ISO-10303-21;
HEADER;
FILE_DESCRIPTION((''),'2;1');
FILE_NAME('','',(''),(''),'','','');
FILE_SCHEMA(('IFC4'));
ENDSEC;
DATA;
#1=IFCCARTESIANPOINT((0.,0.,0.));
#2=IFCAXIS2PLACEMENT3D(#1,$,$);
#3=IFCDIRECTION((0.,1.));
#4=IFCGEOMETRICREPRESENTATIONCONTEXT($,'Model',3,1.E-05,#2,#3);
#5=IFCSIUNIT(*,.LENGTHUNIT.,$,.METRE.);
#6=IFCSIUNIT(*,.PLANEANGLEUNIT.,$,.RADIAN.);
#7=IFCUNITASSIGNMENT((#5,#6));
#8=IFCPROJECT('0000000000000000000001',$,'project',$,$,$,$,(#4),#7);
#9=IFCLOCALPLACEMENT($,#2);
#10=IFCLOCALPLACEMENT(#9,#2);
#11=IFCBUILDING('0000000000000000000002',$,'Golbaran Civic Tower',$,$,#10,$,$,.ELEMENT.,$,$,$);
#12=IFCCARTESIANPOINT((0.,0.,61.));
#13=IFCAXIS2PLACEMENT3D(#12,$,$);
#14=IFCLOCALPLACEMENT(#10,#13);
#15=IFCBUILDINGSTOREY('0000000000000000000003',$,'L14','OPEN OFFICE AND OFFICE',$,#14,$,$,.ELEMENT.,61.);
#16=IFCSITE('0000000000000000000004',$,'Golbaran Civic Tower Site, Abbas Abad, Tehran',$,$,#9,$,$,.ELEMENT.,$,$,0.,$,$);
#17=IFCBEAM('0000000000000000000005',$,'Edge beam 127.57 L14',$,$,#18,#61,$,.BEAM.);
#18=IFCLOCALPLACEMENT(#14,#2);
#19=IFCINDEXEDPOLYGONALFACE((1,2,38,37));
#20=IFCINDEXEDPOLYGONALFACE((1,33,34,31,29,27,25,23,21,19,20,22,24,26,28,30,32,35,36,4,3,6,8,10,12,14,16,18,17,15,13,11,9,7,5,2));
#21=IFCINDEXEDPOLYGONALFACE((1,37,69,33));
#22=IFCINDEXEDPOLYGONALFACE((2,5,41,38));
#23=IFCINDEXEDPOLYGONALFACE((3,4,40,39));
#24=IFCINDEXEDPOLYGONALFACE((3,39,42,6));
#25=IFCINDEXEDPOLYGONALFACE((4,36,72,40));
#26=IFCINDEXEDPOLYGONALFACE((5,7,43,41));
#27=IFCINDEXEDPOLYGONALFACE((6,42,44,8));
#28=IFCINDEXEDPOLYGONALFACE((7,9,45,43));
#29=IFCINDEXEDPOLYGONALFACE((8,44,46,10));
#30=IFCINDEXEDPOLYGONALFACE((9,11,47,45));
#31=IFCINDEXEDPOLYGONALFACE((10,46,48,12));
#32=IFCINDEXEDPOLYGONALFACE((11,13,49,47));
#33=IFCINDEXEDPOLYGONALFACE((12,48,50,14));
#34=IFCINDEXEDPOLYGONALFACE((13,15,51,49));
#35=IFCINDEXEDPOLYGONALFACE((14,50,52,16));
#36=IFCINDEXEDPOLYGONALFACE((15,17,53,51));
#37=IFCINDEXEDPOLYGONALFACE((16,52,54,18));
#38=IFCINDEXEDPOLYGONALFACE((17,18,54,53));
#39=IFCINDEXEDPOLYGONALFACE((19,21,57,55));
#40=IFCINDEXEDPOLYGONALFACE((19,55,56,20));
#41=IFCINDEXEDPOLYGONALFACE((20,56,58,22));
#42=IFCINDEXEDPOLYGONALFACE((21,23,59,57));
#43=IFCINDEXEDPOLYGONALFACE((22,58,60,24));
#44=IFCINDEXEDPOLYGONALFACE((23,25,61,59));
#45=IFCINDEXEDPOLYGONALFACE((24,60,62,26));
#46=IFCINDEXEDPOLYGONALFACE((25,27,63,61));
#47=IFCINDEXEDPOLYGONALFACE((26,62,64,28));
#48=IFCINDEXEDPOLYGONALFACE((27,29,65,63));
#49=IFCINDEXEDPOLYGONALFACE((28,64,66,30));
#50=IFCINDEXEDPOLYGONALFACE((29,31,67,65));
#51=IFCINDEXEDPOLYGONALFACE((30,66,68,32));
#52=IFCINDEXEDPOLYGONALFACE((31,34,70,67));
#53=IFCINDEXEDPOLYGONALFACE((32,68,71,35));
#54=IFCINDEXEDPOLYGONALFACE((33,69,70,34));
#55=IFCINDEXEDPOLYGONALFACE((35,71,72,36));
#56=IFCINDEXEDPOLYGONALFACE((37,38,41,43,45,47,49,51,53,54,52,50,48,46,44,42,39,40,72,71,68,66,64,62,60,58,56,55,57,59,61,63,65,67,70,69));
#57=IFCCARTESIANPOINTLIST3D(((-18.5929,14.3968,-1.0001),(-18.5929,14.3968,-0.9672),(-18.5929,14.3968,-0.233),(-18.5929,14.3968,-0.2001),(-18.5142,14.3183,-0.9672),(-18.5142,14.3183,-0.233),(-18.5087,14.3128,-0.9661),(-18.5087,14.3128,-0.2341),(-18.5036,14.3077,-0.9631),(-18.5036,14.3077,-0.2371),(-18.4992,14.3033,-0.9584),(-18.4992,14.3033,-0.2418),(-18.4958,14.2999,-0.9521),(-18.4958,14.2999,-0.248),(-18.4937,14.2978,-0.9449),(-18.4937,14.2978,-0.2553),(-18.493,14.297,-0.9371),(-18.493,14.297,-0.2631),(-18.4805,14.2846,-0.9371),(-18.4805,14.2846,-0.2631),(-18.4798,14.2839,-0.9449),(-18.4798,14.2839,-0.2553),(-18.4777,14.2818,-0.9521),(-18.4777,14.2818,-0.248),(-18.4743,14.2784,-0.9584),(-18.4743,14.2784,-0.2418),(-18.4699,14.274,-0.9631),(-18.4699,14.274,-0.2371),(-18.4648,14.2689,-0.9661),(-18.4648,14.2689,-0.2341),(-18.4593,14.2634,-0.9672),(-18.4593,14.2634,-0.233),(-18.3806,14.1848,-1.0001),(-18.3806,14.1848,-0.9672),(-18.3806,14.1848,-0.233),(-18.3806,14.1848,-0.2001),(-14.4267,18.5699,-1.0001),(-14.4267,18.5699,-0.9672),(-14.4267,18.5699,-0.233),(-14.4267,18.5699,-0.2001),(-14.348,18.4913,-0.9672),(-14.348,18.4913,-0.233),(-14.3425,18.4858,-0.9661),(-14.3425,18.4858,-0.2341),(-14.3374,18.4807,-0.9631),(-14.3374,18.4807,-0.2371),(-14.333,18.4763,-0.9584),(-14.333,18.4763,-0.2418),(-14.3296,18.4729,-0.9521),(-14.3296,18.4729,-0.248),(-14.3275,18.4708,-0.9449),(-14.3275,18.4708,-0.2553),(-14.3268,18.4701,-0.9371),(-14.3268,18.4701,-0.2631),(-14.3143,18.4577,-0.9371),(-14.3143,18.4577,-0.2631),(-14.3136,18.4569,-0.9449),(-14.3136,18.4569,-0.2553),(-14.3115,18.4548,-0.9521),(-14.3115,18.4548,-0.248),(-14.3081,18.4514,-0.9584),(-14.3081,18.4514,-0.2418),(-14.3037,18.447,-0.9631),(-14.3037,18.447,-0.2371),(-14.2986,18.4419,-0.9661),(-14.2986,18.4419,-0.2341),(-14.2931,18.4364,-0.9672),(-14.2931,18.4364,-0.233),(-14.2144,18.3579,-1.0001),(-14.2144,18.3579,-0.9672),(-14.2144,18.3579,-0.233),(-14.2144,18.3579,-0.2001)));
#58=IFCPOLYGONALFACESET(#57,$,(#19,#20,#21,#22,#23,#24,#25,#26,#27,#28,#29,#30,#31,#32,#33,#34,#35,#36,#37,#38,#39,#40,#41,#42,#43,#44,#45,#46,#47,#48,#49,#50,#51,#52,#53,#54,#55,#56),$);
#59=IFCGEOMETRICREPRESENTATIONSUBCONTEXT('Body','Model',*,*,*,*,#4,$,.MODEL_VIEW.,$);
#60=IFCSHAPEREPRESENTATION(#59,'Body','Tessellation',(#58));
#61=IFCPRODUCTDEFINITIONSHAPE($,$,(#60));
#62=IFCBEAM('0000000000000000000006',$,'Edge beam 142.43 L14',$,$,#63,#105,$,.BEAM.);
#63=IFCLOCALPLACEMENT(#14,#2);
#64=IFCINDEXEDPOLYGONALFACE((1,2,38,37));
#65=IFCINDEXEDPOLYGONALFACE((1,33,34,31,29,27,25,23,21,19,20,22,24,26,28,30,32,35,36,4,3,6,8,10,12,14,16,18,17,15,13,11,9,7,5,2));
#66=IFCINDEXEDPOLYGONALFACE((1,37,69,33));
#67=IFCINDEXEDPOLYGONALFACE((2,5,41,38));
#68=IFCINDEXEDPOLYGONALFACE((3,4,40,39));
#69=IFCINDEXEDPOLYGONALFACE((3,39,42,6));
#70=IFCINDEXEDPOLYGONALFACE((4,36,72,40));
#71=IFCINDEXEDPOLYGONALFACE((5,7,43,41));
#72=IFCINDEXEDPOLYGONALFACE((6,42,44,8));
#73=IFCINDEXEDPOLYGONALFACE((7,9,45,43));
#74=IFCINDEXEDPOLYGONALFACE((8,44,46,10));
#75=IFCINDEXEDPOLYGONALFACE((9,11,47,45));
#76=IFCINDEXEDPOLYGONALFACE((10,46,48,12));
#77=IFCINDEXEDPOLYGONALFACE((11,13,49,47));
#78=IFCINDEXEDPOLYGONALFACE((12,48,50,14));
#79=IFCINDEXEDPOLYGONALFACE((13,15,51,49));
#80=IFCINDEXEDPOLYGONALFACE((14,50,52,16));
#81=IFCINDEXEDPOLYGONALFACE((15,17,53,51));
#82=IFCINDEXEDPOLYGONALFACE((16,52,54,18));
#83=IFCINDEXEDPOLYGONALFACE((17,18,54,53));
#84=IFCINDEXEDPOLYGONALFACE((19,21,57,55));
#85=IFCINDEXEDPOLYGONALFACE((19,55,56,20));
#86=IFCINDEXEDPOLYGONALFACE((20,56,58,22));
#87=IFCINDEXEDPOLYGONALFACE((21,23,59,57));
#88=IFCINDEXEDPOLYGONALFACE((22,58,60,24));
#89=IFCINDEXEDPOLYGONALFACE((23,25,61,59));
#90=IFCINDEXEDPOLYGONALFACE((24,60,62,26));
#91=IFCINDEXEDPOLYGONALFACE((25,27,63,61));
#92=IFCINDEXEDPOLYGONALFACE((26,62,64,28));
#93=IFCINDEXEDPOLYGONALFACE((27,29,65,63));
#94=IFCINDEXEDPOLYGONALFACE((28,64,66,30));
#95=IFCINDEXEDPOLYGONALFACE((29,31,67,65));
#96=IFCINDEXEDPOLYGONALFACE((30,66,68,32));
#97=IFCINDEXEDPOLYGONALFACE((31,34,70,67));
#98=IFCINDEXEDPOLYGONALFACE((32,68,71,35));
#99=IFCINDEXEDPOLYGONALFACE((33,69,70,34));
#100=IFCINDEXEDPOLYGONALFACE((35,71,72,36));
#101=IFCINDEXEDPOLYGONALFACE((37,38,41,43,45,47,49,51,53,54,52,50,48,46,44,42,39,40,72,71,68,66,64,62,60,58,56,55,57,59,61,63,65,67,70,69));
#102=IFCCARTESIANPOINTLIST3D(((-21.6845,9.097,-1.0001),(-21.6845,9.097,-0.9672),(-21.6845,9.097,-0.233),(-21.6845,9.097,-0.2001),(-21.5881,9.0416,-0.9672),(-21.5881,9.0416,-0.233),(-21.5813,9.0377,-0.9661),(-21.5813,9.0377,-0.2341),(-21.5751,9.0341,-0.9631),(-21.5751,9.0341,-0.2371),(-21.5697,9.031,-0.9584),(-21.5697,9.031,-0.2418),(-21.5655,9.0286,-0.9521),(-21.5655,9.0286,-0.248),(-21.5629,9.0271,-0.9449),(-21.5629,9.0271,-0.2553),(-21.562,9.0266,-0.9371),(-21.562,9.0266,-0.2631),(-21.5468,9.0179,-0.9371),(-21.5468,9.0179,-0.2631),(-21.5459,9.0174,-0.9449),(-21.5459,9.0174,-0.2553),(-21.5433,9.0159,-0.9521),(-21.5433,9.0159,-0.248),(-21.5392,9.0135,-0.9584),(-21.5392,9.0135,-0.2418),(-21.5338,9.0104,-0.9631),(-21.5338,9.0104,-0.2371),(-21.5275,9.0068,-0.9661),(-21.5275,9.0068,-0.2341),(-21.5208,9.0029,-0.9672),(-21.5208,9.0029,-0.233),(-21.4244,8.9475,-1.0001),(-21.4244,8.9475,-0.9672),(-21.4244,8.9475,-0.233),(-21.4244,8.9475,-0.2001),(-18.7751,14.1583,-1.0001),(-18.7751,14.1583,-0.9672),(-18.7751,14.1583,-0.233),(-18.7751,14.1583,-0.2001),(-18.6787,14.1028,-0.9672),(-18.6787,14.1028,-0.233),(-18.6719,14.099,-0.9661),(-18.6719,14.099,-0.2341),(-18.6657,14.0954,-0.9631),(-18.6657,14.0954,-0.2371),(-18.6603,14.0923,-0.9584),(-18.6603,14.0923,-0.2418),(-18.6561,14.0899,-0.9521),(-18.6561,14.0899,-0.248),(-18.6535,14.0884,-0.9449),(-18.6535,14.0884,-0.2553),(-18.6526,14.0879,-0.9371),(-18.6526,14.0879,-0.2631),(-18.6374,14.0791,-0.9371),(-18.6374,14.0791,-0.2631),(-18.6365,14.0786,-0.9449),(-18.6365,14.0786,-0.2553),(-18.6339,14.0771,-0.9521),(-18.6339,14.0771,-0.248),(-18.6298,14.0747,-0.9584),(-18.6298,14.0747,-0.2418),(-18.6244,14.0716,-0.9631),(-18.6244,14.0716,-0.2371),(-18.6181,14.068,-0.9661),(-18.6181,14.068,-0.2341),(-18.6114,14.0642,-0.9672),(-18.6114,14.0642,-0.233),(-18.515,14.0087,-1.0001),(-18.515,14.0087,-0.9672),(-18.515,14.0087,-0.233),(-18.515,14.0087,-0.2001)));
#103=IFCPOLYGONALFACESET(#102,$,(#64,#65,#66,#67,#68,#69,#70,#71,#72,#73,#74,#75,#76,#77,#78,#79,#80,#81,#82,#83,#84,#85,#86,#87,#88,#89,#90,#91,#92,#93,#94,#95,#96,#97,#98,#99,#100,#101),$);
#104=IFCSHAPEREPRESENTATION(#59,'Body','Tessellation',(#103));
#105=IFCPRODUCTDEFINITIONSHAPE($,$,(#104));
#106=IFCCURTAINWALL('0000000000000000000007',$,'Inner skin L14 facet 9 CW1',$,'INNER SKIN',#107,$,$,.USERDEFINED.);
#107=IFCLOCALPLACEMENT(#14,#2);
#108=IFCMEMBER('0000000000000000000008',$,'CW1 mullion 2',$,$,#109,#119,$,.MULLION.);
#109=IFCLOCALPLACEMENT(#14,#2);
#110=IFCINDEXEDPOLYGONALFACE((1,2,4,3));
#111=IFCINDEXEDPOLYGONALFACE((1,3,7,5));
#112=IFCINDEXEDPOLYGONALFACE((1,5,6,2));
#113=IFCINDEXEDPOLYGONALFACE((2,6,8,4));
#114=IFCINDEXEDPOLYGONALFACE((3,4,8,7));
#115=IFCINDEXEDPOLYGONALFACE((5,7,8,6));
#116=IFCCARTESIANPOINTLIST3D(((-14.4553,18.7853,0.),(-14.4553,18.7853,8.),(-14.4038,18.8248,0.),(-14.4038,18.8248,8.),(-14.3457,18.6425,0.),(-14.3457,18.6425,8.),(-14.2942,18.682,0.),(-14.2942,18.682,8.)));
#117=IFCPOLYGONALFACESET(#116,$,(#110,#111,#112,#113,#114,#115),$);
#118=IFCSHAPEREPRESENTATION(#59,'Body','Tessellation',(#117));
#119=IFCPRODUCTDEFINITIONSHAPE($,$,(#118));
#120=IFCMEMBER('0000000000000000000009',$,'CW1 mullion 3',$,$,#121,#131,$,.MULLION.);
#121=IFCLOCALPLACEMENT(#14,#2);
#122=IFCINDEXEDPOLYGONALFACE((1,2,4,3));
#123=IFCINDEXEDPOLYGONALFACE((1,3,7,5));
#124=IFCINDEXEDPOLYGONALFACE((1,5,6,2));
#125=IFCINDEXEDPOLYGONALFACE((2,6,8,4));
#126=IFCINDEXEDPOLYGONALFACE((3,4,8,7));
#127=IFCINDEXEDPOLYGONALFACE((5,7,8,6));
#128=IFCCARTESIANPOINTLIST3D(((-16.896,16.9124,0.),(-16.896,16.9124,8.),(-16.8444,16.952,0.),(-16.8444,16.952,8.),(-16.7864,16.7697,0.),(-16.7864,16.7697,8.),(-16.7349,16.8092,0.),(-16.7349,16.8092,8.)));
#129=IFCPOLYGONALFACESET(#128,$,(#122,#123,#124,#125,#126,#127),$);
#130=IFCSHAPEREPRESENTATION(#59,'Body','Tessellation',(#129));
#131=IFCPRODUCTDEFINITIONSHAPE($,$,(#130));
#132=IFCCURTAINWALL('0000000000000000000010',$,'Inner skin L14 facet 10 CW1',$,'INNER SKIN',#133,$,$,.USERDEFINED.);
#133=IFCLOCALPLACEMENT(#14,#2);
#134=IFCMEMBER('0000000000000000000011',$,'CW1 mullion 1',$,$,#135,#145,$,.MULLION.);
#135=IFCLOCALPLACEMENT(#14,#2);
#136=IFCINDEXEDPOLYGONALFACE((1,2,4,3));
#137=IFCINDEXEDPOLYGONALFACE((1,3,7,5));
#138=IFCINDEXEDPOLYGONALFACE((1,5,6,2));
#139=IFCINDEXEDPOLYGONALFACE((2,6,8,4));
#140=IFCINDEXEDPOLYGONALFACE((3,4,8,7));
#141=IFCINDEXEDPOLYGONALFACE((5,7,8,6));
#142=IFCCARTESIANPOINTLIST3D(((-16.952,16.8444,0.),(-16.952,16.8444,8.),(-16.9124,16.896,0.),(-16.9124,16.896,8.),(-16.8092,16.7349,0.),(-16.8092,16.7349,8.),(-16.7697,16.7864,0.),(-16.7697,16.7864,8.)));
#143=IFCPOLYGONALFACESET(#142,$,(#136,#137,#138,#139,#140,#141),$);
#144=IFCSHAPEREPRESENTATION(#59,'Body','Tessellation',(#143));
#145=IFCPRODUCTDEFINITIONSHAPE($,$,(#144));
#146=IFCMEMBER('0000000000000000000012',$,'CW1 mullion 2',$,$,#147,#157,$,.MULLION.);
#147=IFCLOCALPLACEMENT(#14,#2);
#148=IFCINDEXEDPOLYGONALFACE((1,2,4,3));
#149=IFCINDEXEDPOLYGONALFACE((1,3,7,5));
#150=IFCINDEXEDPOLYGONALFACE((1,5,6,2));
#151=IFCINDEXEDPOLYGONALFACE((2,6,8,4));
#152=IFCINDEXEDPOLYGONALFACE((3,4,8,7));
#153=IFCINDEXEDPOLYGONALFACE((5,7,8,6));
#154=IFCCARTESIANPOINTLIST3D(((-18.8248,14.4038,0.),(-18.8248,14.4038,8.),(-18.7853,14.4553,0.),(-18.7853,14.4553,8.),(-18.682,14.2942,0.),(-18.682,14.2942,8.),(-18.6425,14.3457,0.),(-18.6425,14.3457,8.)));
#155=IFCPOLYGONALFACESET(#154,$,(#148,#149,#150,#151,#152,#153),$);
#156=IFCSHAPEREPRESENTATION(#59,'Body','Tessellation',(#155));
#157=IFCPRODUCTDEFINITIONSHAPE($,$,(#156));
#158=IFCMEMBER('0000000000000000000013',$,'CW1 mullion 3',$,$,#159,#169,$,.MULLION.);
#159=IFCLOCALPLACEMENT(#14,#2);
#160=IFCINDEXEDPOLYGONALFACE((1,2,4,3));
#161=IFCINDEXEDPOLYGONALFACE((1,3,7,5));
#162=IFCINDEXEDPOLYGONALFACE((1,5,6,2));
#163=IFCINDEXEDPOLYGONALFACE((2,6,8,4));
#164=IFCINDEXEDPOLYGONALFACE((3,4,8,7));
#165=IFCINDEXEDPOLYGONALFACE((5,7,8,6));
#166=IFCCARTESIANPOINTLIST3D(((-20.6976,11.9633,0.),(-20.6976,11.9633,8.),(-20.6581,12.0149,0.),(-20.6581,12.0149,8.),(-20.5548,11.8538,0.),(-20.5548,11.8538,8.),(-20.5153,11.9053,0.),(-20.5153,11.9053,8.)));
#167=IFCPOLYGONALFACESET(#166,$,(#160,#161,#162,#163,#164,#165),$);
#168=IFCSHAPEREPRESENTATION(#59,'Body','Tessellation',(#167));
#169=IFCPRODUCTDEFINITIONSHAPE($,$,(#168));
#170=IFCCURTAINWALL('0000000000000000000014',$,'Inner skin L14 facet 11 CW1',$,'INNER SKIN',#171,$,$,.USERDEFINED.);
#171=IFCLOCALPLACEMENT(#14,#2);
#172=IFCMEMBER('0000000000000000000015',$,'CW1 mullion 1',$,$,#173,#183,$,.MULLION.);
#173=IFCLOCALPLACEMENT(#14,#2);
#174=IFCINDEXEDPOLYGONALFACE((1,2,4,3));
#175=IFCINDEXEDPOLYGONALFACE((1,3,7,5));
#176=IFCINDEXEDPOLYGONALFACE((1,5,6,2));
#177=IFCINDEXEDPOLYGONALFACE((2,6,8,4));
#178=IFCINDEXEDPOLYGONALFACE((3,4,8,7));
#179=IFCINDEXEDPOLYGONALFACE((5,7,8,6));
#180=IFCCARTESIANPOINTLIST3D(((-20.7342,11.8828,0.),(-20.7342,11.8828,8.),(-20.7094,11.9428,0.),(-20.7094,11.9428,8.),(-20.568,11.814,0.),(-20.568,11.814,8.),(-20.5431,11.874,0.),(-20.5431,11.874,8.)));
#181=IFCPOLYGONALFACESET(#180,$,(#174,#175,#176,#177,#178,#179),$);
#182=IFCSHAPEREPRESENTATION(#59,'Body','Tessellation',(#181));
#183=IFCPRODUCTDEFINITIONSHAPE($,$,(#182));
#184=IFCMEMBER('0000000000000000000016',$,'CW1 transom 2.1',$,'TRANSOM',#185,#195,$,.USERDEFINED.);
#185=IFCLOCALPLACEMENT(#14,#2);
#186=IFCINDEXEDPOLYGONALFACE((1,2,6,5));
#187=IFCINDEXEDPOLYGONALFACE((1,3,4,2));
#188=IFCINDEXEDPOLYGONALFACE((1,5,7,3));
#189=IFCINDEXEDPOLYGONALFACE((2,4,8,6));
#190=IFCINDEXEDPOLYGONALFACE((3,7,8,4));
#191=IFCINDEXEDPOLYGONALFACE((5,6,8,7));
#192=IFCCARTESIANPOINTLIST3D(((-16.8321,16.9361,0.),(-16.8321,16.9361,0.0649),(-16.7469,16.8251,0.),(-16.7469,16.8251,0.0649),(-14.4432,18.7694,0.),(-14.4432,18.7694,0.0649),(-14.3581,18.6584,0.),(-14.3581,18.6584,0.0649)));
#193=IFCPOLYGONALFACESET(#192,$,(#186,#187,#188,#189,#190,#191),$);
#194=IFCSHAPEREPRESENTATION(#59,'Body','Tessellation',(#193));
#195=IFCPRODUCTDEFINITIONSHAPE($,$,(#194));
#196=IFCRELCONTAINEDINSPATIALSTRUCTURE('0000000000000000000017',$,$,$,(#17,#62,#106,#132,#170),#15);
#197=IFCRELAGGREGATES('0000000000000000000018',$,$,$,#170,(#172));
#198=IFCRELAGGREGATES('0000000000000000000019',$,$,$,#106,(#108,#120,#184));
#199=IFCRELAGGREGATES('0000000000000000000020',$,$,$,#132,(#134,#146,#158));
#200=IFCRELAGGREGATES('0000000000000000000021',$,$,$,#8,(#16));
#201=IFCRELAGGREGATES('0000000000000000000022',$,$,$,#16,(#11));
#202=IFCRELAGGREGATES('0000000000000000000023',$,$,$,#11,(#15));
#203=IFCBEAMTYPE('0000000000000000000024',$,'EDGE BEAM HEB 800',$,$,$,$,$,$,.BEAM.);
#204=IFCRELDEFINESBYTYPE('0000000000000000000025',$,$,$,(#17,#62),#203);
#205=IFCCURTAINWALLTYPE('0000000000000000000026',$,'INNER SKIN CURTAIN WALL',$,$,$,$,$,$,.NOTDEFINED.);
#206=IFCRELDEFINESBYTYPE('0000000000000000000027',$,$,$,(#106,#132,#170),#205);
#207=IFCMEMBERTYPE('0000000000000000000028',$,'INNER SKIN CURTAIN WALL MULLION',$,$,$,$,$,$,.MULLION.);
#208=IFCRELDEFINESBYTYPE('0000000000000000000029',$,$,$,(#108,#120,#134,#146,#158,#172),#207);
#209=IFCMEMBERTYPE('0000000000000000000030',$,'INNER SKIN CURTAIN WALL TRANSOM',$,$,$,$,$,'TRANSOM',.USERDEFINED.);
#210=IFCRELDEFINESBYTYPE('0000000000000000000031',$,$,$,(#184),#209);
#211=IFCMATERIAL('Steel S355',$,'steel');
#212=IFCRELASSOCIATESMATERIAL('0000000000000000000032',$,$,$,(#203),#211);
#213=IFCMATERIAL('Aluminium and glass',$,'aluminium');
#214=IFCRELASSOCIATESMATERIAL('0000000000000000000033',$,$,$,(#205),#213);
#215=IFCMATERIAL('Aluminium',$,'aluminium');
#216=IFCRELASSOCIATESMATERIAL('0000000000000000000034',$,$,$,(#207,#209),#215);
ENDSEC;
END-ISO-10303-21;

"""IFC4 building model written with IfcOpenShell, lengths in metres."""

from ifc_helpers import new_model, si_unit, direction, frame, origin, origin_2d, place, context, subcontext, project, spatial, rectangle, i_section, extrude, material, material_profile, profile_set, type_object, element, aggregate, save


model = new_model("IFC4")

# Units and contexts
model_context = context("Model", 3, precision=1e-05, world=origin(), true_north=direction((0.0, 1.0)))
body_context = subcontext(model_context, "Body", "Model", "MODEL_VIEW")
ifc_project = project(units=[si_unit("LENGTHUNIT", "METRE"), si_unit("PLANEANGLEUNIT", "RADIAN")], contexts=[model_context])

# Site, building, storey
site_placement = place(None, origin())
site = spatial("IfcSite", under=ifc_project, at=site_placement, Name="Golbaran Civic Tower Site, Abbas Abad, Tehran", CompositionType="ELEMENT", RefElevation=0.0)
building_placement = place(site_placement, origin())
building = spatial("IfcBuilding", under=site, at=building_placement, Name="Golbaran Civic Tower", CompositionType="ELEMENT")
storey_placement = place(building_placement, frame((0.0, 0.0, 61.0)))
storey = spatial("IfcBuildingStorey", under=building, at=storey_placement, Name="L14", Description="OPEN OFFICE AND OFFICE", CompositionType="ELEMENT", Elevation=61.0)

# Beams
ifc_material_1 = material(Name="Steel S355", Category="steel")
ifc_material_profile_1 = material_profile(ifc_material_1, i_section(OverallWidth=0.3, OverallDepth=0.8, WebThickness=0.0176, FlangeThickness=0.033, FilletRadius=0.03, at=origin_2d()), Name="HEB 800")
ifc_profile_set_1 = profile_set([ifc_material_profile_1], Name="Steel S355")
beam_type = type_object("IfcBeamType", Name="EDGE BEAM HEB 800", PredefinedType="BEAM", material=ifc_profile_set_1)
beam_1_placement = place(storey_placement, frame((-14.3206, 18.4639, -0.6001), z_axis=(-0.706527, -0.707686, 0.0), x_axis=(0.707686, -0.706527, 0.0)))
element("IfcBeam", 1, at=beam_1_placement, inside=storey, type_object=beam_type, Name="Edge beam 127.57 L14", PredefinedType="BEAM", context=body_context, shape_type="SweptSolid", body=[
    extrude(i_section(OverallWidth=0.3, OverallDepth=0.8, WebThickness=0.0176, FlangeThickness=0.033, FilletRadius=0.03, at=origin_2d()), origin(), (0.0, 0.0, 1.0), 5.8967),
])
beam_2_placement = place(storey_placement, frame((-18.645, 14.0835, -0.6001), z_axis=(-0.498367, -0.866966, 0.0), x_axis=(0.866966, -0.498367, 0.0)))
element("IfcBeam", 2, at=beam_2_placement, inside=storey, type_object=beam_type, Name="Edge beam 142.43 L14", PredefinedType="BEAM", context=body_context, shape_type="SweptSolid", body=[
    extrude(i_section(OverallWidth=0.3, OverallDepth=0.8, WebThickness=0.0176, FlangeThickness=0.033, FilletRadius=0.03, at=origin_2d()), origin(), (0.0, 0.0, 1.0), 5.8379),
])

# Curtain walls, members
ifc_material_2 = material(Name="Aluminium and glass", Category="aluminium")
curtain_wall_type = type_object("IfcCurtainWallType", Name="INNER SKIN CURTAIN WALL", PredefinedType="NOTDEFINED", material=ifc_material_2)
curtain_wall_1_placement = place(storey_placement, origin())
curtain_wall_1 = element("IfcCurtainWall", 3, at=curtain_wall_1_placement, inside=storey, type_object=curtain_wall_type, Name="Inner skin L14 facet 9 CW1", ObjectType="INNER SKIN", PredefinedType="USERDEFINED")
ifc_material_3 = material(Name="Aluminium", Category="aluminium")
ifc_material_profile_2 = material_profile(ifc_material_3, rectangle(XDim=0.1799, YDim=0.0649, at=origin_2d()), Name="INNER SKIN CURTAIN WALL MULLION")
ifc_profile_set_2 = profile_set([ifc_material_profile_2], Name="Aluminium")
member_type_1 = type_object("IfcMemberType", Name="INNER SKIN CURTAIN WALL MULLION", PredefinedType="MULLION", material=ifc_profile_set_2)
member_1_placement = place(storey_placement, frame((-14.3748, 18.7336, 0.0), z_axis=(0.0, 0.0, 1.0), x_axis=(0.608761, -0.793353, 0.0)))
member_1 = element("IfcMember", 4, at=member_1_placement, type_object=member_type_1, Name="CW1 mullion 2", PredefinedType="MULLION", context=body_context, shape_type="SweptSolid", body=[
    extrude(rectangle(XDim=0.1799, YDim=0.0649, at=origin_2d()), origin(), (0.0, 0.0, 1.0), 8.0),
])
member_2_placement = place(storey_placement, frame((-16.8154, 16.8608, 0.0), z_axis=(0.0, 0.0, 1.0), x_axis=(0.608761, -0.793353, 0.0)))
member_2 = element("IfcMember", 5, at=member_2_placement, type_object=member_type_1, Name="CW1 mullion 3", PredefinedType="MULLION", context=body_context, shape_type="SweptSolid", body=[
    extrude(rectangle(XDim=0.1799, YDim=0.0649, at=origin_2d()), origin(), (0.0, 0.0, 1.0), 8.0),
])
curtain_wall_2_placement = place(storey_placement, origin())
curtain_wall_2 = element("IfcCurtainWall", 6, at=curtain_wall_2_placement, inside=storey, type_object=curtain_wall_type, Name="Inner skin L14 facet 10 CW1", ObjectType="INNER SKIN", PredefinedType="USERDEFINED")
member_3_placement = place(storey_placement, frame((-16.8608, 16.8154, 0.0), z_axis=(0.0, 0.0, 1.0), x_axis=(0.793353, -0.608761, 0.0)))
member_3 = element("IfcMember", 7, at=member_3_placement, type_object=member_type_1, Name="CW1 mullion 1", PredefinedType="MULLION", context=body_context, shape_type="SweptSolid", body=[
    extrude(rectangle(XDim=0.1799, YDim=0.0649, at=origin_2d()), origin(), (0.0, 0.0, 1.0), 8.0),
])
member_4_placement = place(storey_placement, frame((-18.7336, 14.3748, 0.0), z_axis=(0.0, 0.0, 1.0), x_axis=(0.793353, -0.608761, 0.0)))
member_4 = element("IfcMember", 8, at=member_4_placement, type_object=member_type_1, Name="CW1 mullion 2", PredefinedType="MULLION", context=body_context, shape_type="SweptSolid", body=[
    extrude(rectangle(XDim=0.1799, YDim=0.0649, at=origin_2d()), origin(), (0.0, 0.0, 1.0), 8.0),
])
member_5_placement = place(storey_placement, frame((-20.6064, 11.9343, 0.0), z_axis=(0.0, 0.0, 1.0), x_axis=(0.793353, -0.608761, 0.0)))
member_5 = element("IfcMember", 9, at=member_5_placement, type_object=member_type_1, Name="CW1 mullion 3", PredefinedType="MULLION", context=body_context, shape_type="SweptSolid", body=[
    extrude(rectangle(XDim=0.1799, YDim=0.0649, at=origin_2d()), origin(), (0.0, 0.0, 1.0), 8.0),
])

# Curtain wall, member
curtain_wall_3_placement = place(storey_placement, origin())
curtain_wall_3 = element("IfcCurtainWall", 10, at=curtain_wall_3_placement, inside=storey, type_object=curtain_wall_type, Name="Inner skin L14 facet 11 CW1", ObjectType="INNER SKIN", PredefinedType="USERDEFINED")
member_6_placement = place(storey_placement, frame((-20.6387, 11.8784, 0.0), z_axis=(0.0, 0.0, 1.0), x_axis=(0.92388, -0.382683, 0.0)))
member_6 = element("IfcMember", 11, at=member_6_placement, type_object=member_type_1, Name="CW1 mullion 1", PredefinedType="MULLION", context=body_context, shape_type="SweptSolid", body=[
    extrude(rectangle(XDim=0.1799, YDim=0.0649, at=origin_2d()), origin(), (0.0, 0.0, 1.0), 8.0),
])

# Member
ifc_material_profile_3 = material_profile(ifc_material_3, rectangle(XDim=0.1399, YDim=0.0649, at=origin_2d()), Name="INNER SKIN CURTAIN WALL TRANSOM")
ifc_profile_set_3 = profile_set([ifc_material_profile_3], Name="Aluminium")
member_type_2 = type_object("IfcMemberType", Name="INNER SKIN CURTAIN WALL TRANSOM", ElementType="TRANSOM", PredefinedType="USERDEFINED", material=ifc_profile_set_3)
member_7_placement = place(storey_placement, frame((-14.4006, 18.7139, 0.0325), z_axis=(-0.793326, -0.608797, 0.0), x_axis=(0.608797, -0.793326, 0.0)))
member_7 = element("IfcMember", 12, at=member_7_placement, type_object=member_type_2, Name="CW1 transom 2.1", ObjectType="TRANSOM", PredefinedType="USERDEFINED", context=body_context, shape_type="SweptSolid", body=[
    extrude(rectangle(XDim=0.1399, YDim=0.0649, at=origin_2d()), origin(), (0.0, 0.0, 1.0), 3.0112),
])

aggregate(curtain_wall_3, [member_6])
aggregate(curtain_wall_1, [member_1, member_2, member_7])
aggregate(curtain_wall_2, [member_3, member_4, member_5])

save(model, "model.ifc")
